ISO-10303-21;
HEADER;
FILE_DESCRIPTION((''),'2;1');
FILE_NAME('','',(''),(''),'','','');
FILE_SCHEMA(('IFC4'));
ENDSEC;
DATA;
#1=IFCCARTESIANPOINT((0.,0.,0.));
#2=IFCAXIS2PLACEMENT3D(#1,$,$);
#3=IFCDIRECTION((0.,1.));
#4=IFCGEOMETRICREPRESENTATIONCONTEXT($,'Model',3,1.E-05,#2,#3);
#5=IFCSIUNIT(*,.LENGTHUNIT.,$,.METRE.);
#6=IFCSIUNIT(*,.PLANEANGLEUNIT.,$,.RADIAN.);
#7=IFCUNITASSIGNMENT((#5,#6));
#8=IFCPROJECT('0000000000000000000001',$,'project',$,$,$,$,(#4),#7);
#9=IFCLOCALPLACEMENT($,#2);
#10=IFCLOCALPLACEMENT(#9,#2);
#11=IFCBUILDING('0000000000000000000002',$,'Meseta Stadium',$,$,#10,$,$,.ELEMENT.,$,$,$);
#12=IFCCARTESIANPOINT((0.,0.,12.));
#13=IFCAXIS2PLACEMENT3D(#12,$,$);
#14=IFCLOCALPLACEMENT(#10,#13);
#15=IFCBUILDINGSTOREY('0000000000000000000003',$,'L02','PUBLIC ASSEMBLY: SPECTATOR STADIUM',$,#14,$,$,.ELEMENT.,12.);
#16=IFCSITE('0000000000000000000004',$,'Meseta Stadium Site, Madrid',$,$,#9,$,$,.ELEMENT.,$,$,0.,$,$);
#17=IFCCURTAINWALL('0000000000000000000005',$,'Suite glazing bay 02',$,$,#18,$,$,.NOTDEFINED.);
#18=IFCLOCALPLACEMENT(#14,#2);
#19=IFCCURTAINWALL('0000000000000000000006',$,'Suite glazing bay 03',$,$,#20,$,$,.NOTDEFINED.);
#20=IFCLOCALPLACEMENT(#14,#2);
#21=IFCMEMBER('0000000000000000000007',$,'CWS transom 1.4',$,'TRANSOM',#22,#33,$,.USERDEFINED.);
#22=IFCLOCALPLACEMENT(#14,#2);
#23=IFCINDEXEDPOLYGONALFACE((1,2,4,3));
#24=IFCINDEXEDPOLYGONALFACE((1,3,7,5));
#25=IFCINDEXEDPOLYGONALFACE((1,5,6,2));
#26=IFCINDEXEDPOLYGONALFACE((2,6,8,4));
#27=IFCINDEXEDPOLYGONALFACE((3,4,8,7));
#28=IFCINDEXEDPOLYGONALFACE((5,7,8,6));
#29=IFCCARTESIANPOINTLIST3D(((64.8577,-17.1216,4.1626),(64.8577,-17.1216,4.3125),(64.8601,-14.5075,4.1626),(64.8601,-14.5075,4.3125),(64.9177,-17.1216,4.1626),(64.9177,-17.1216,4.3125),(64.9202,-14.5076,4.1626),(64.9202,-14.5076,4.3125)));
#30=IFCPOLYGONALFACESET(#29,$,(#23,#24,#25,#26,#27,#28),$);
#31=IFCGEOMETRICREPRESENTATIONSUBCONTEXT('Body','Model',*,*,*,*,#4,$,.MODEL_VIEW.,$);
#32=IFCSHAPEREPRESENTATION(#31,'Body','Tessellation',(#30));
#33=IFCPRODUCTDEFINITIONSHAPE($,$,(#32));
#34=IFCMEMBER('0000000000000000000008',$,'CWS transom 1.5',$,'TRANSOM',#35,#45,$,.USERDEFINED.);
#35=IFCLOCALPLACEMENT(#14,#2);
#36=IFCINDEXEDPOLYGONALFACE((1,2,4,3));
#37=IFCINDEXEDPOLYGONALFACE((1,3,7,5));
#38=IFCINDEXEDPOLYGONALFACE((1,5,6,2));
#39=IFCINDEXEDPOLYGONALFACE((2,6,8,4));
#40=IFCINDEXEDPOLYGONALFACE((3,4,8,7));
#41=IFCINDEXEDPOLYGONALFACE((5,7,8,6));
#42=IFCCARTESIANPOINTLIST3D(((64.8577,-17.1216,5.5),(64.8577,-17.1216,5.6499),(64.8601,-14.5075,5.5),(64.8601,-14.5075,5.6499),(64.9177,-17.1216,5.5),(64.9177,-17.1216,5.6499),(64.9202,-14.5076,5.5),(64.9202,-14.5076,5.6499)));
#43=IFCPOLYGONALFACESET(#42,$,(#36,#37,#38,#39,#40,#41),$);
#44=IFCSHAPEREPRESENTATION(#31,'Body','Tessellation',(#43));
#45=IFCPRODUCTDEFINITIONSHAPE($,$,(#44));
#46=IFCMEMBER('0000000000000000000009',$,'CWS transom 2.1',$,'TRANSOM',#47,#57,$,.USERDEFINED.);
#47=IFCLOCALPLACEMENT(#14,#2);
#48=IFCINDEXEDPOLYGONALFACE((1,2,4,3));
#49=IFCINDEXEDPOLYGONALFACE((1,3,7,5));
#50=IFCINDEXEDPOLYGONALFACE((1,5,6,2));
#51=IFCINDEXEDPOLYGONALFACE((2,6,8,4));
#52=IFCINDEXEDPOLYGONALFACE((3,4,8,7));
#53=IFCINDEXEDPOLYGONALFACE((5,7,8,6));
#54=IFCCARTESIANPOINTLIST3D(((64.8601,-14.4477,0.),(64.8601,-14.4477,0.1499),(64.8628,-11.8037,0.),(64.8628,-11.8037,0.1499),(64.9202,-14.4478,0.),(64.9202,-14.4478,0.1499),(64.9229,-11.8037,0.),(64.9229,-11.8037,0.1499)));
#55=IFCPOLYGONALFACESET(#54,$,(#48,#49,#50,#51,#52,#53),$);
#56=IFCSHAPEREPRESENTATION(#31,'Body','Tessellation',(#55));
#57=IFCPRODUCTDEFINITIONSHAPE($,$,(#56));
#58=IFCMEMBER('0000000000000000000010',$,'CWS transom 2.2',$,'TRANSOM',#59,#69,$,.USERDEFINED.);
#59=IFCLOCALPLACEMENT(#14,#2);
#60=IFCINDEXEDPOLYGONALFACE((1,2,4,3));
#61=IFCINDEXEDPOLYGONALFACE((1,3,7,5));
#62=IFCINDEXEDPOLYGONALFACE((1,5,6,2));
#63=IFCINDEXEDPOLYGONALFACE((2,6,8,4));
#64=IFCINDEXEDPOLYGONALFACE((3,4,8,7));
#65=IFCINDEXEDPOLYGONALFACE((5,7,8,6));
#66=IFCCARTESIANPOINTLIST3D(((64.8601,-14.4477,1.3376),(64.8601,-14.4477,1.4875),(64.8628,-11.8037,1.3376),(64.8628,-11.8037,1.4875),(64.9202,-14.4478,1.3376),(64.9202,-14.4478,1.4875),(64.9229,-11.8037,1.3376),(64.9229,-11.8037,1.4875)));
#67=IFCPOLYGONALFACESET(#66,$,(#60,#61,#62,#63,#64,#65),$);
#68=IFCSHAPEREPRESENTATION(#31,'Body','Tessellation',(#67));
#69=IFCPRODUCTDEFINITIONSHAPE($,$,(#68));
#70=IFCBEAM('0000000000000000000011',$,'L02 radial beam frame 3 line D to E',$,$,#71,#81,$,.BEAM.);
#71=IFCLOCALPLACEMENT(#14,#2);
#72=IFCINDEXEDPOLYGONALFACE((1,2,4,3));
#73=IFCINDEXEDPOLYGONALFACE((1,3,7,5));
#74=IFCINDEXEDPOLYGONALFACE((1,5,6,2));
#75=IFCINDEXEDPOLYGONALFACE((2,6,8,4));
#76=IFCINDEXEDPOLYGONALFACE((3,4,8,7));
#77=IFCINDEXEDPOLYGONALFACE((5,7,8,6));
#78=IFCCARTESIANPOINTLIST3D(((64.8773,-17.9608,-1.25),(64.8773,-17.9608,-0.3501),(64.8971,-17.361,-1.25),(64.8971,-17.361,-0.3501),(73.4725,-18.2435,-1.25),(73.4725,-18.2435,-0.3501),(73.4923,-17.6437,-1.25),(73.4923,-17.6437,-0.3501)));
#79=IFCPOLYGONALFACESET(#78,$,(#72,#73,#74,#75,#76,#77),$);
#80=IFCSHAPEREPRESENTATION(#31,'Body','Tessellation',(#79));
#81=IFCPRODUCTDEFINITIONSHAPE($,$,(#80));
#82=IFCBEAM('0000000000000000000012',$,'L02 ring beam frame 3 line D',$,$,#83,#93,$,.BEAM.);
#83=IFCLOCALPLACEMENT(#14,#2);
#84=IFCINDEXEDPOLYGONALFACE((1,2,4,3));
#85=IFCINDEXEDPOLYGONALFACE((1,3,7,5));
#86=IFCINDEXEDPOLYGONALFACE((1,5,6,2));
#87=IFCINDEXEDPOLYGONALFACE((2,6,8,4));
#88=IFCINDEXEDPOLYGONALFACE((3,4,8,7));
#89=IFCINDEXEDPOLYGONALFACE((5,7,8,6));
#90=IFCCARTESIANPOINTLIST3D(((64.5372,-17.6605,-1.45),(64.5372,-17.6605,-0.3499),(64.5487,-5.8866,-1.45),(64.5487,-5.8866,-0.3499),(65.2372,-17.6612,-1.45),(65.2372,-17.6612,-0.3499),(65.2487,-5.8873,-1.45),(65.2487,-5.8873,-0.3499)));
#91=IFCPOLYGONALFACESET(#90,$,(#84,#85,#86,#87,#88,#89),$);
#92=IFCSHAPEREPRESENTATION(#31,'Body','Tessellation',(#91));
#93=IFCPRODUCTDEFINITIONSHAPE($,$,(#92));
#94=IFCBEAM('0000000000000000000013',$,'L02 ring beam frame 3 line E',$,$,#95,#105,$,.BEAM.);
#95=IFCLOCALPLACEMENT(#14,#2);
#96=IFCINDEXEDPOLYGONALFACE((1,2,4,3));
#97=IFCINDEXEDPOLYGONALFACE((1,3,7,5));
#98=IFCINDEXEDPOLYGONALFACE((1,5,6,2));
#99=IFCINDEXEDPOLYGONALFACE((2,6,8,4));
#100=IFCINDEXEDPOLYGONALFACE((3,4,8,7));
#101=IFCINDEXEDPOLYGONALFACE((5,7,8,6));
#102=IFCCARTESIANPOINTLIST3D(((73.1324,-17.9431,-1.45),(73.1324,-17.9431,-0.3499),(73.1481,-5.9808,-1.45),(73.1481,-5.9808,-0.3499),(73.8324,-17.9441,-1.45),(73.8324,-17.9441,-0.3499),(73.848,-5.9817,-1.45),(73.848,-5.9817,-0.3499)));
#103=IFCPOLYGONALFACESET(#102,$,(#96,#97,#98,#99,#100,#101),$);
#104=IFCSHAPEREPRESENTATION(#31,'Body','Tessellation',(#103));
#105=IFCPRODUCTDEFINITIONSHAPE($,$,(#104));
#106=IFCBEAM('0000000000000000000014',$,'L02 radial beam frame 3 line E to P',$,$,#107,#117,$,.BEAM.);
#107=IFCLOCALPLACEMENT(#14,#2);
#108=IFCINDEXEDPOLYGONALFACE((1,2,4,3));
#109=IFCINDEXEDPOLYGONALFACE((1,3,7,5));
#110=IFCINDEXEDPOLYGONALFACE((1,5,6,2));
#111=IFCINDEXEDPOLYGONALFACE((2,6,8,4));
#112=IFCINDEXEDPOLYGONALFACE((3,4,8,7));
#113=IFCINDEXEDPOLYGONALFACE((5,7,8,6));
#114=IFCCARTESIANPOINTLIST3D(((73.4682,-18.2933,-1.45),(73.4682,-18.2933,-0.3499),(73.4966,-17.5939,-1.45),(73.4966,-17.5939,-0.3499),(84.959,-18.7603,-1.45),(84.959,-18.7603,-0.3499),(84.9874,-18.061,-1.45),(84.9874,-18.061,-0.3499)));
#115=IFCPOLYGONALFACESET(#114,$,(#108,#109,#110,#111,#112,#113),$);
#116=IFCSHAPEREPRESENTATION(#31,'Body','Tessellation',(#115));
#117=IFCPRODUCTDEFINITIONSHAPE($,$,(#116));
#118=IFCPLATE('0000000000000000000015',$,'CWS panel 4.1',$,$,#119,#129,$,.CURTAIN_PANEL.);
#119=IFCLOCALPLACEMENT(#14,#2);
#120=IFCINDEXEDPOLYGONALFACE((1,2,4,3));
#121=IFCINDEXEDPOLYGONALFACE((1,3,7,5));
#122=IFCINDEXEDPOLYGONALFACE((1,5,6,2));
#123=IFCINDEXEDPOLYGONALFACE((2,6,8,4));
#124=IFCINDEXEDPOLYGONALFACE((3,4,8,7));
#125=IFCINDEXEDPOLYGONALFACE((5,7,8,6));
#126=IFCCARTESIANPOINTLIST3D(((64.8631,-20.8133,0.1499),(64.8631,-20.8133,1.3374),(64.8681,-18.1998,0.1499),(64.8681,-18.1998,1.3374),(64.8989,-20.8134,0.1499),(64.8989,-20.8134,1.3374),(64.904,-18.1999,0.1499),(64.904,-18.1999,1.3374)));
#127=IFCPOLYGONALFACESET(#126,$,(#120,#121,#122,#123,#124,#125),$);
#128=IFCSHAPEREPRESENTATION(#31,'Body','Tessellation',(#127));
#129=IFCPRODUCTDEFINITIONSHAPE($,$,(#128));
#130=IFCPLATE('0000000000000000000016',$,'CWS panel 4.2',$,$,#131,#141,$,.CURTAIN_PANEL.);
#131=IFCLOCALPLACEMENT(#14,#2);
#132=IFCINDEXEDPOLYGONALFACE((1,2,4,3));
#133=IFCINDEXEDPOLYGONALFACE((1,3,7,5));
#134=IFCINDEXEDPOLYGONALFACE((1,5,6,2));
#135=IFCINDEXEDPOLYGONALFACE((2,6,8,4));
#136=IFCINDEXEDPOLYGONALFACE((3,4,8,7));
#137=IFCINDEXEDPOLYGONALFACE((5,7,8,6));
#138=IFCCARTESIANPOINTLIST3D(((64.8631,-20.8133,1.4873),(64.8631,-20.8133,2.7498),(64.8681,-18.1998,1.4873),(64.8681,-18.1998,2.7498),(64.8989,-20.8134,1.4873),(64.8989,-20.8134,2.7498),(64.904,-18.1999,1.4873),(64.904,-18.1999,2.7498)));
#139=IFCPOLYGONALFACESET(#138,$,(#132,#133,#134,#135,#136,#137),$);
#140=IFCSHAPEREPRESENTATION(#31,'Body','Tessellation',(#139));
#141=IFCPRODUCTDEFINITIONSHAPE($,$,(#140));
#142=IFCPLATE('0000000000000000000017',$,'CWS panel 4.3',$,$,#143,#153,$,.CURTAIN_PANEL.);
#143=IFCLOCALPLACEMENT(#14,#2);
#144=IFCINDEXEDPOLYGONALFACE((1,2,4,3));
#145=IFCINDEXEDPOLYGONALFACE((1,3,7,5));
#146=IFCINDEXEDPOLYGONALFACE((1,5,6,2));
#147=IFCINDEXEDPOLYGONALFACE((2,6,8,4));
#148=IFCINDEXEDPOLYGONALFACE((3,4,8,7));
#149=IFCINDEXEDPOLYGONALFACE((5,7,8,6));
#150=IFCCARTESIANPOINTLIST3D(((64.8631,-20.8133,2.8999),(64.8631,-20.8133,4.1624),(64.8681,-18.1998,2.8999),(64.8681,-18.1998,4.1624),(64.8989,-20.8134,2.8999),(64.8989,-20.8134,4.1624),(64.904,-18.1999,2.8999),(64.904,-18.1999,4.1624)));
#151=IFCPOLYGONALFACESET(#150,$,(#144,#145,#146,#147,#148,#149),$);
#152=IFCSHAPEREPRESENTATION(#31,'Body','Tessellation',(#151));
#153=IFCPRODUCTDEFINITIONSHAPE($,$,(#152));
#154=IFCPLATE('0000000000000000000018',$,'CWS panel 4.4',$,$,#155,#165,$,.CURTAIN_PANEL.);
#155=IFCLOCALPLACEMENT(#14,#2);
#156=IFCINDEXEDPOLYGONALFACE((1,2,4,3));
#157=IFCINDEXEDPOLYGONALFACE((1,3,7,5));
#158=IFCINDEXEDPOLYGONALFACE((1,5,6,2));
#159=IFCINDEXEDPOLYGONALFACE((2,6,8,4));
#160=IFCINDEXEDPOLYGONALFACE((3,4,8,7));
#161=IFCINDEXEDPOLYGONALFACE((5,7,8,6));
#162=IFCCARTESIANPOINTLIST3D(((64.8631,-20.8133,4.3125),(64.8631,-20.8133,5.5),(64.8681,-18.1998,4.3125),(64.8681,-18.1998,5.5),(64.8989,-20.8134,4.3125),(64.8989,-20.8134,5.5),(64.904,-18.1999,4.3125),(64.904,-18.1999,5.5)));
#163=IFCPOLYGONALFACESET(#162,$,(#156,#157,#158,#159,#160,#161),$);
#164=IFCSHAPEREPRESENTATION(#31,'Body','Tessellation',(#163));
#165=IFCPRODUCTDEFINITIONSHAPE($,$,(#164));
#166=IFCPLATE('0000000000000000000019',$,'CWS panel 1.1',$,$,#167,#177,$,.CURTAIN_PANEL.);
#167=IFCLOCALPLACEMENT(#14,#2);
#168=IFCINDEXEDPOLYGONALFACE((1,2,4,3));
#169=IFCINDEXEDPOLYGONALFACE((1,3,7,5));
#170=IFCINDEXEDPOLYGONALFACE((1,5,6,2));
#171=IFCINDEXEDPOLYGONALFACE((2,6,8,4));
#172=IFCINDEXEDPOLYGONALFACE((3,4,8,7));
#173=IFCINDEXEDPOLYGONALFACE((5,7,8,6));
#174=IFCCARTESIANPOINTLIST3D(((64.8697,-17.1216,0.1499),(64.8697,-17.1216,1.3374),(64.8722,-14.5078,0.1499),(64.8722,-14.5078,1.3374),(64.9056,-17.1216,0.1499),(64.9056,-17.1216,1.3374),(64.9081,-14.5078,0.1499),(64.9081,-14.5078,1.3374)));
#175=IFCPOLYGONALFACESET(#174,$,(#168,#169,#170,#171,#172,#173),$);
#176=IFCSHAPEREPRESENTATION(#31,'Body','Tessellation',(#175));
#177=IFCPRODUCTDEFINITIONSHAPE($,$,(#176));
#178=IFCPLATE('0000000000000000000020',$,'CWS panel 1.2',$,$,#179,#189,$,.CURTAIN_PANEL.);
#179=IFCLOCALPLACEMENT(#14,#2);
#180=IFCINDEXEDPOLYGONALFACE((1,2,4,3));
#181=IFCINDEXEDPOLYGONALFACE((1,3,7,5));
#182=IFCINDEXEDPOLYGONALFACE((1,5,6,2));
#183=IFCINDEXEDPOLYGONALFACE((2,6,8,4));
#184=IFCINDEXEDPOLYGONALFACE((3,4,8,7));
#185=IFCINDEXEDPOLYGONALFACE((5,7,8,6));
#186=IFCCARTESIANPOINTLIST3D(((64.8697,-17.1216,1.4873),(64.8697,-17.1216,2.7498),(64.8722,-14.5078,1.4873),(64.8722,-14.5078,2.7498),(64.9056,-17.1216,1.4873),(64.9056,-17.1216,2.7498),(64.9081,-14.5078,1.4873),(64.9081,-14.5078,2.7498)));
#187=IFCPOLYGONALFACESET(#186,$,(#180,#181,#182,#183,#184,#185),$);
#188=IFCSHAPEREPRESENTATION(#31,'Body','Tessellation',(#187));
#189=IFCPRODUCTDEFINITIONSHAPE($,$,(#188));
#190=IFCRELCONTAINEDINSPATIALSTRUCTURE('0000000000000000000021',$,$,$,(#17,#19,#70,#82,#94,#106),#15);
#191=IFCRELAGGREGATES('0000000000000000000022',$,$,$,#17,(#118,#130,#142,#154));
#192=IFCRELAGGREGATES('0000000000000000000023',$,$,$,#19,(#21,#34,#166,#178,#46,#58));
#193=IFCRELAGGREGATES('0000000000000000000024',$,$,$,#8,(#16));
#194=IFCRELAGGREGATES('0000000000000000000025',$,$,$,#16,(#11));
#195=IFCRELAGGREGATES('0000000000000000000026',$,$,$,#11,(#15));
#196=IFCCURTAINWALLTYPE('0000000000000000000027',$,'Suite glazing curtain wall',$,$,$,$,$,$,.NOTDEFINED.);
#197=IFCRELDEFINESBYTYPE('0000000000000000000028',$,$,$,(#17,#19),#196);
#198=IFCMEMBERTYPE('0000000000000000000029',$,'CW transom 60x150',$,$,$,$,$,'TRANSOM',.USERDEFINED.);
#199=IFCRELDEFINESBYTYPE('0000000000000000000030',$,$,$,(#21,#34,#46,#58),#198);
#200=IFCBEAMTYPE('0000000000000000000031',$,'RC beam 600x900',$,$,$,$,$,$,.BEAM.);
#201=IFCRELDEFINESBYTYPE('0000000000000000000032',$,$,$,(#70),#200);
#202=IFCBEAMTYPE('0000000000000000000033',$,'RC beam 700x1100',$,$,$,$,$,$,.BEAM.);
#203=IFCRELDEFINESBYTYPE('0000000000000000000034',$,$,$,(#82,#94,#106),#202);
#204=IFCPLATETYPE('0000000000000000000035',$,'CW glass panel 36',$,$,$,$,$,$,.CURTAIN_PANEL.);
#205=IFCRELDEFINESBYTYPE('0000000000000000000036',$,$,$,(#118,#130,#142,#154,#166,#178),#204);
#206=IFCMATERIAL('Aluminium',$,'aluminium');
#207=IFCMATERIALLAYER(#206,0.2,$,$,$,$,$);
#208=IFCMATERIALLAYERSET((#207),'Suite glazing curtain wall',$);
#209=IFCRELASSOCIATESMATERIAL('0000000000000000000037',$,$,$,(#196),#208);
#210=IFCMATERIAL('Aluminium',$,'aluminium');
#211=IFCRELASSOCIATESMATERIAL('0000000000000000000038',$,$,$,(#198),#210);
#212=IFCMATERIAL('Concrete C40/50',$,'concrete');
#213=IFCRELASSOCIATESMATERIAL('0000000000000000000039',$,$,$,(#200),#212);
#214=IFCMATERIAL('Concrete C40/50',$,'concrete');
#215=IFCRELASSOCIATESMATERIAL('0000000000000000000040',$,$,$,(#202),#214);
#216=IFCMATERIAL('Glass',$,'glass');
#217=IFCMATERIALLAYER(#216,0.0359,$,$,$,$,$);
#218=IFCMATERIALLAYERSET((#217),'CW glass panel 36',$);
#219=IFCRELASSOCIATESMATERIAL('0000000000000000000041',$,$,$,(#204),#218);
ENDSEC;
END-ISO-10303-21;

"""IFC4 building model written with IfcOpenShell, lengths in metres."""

from ifc_helpers import new_model, si_unit, direction, frame, origin, origin_2d, place, context, subcontext, project, spatial, rectangle, extrude, material, layer, layer_set, material_profile, profile_set, type_object, element, aggregate, save


model = new_model("IFC4")

# Units and contexts
model_context = context("Model", 3, precision=1e-05, world=origin(), true_north=direction((0.0, 1.0)))
body_context = subcontext(model_context, "Body", "Model", "MODEL_VIEW")
ifc_project = project(units=[si_unit("LENGTHUNIT", "METRE"), si_unit("PLANEANGLEUNIT", "RADIAN")], contexts=[model_context])

# Site, building, storey
site_placement = place(None, origin())
site = spatial("IfcSite", under=ifc_project, at=site_placement, Name="Meseta Stadium Site, Madrid", CompositionType="ELEMENT", RefElevation=0.0)
building_placement = place(site_placement, origin())
building = spatial("IfcBuilding", under=site, at=building_placement, Name="Meseta Stadium", CompositionType="ELEMENT")
storey_placement = place(building_placement, frame((0.0, 0.0, 12.0)))
storey = spatial("IfcBuildingStorey", under=building, at=storey_placement, Name="L02", Description="PUBLIC ASSEMBLY: SPECTATOR STADIUM", CompositionType="ELEMENT", Elevation=12.0)

# Curtain wall
ifc_material_1 = material(Name="Aluminium", Category="aluminium")
ifc_layer_1 = layer(ifc_material_1, 0.2)
ifc_layer_set_1 = layer_set([ifc_layer_1], Name="Suite glazing curtain wall")
curtain_wall_type = type_object("IfcCurtainWallType", Name="Suite glazing curtain wall", PredefinedType="NOTDEFINED", material=ifc_layer_set_1)
curtain_wall_1_placement = place(storey_placement, origin())
curtain_wall_1 = element("IfcCurtainWall", 1, at=curtain_wall_1_placement, inside=storey, type_object=curtain_wall_type, Name="Suite glazing bay 02", PredefinedType="NOTDEFINED")

# Curtain wall
curtain_wall_2_placement = place(storey_placement, origin())
curtain_wall_2 = element("IfcCurtainWall", 2, at=curtain_wall_2_placement, inside=storey, type_object=curtain_wall_type, Name="Suite glazing bay 03", PredefinedType="NOTDEFINED")

# Members
ifc_material_2 = material(Name="Aluminium", Category="aluminium")
ifc_material_profile_1 = material_profile(ifc_material_2, rectangle(XDim=0.0601, YDim=0.1499, at=origin_2d()), Name="CW 60x150")
ifc_profile_set_1 = profile_set([ifc_material_profile_1], Name="Aluminium")
member_type_1 = type_object("IfcMemberType", Name="CW transom 60x150", ElementType="TRANSOM", PredefinedType="USERDEFINED", material=ifc_profile_set_1)
member_1_placement = place(storey_placement, frame((64.8877, -17.1216, 4.2375), z_axis=(0.000934, 1.0, 0.0), x_axis=(-1.0, 0.000934, 0.0)))
member_1 = element("IfcMember", 3, at=member_1_placement, type_object=member_type_1, Name="CWS transom 1.4", ObjectType="TRANSOM", PredefinedType="USERDEFINED", context=body_context, shape_type="SweptSolid", body=[
    extrude(rectangle(XDim=0.0601, YDim=0.1499, at=origin_2d()), origin(), (0.0, 0.0, 1.0), 2.614),
])
member_2_placement = place(storey_placement, frame((64.8877, -17.1216, 5.575), z_axis=(0.000934, 1.0, 0.0), x_axis=(-1.0, 0.000934, 0.0)))
member_2 = element("IfcMember", 4, at=member_2_placement, type_object=member_type_1, Name="CWS transom 1.5", ObjectType="TRANSOM", PredefinedType="USERDEFINED", context=body_context, shape_type="SweptSolid", body=[
    extrude(rectangle(XDim=0.0601, YDim=0.1499, at=origin_2d()), origin(), (0.0, 0.0, 1.0), 2.614),
])
member_3_placement = place(storey_placement, frame((64.8901, -14.4478, 0.075), z_axis=(0.001016, 0.999999, 0.0), x_axis=(-0.999999, 0.001016, 0.0)))
member_3 = element("IfcMember", 5, at=member_3_placement, type_object=member_type_1, Name="CWS transom 2.1", ObjectType="TRANSOM", PredefinedType="USERDEFINED", context=body_context, shape_type="SweptSolid", body=[
    extrude(rectangle(XDim=0.0601, YDim=0.1499, at=origin_2d()), origin(), (0.0, 0.0, 1.0), 2.644),
])
member_4_placement = place(storey_placement, frame((64.8901, -14.4478, 1.4126), z_axis=(0.001016, 0.999999, 0.0), x_axis=(-0.999999, 0.001016, 0.0)))
member_4 = element("IfcMember", 6, at=member_4_placement, type_object=member_type_1, Name="CWS transom 2.2", ObjectType="TRANSOM", PredefinedType="USERDEFINED", context=body_context, shape_type="SweptSolid", body=[
    extrude(rectangle(XDim=0.0601, YDim=0.1499, at=origin_2d()), origin(), (0.0, 0.0, 1.0), 2.644),
])

# Beams
ifc_material_3 = material(Name="Concrete C40/50", Category="concrete")
ifc_material_profile_2 = material_profile(ifc_material_3, rectangle(XDim=0.6001, YDim=0.8999, at=origin_2d()), Name="RC 600x900")
ifc_profile_set_2 = profile_set([ifc_material_profile_2], Name="Concrete C40/50")
beam_type_1 = type_object("IfcBeamType", Name="RC beam 600x900", PredefinedType="BEAM", material=ifc_profile_set_2)
beam_1_placement = place(storey_placement, frame((64.8872, -17.6609, -0.8), z_axis=(0.999459, -0.032874, 0.0), x_axis=(0.032874, 0.999459, 0.0)))
element("IfcBeam", 7, at=beam_1_placement, inside=storey, type_object=beam_type_1, Name="L02 radial beam frame 3 line D to E", PredefinedType="BEAM", context=body_context, shape_type="SweptSolid", body=[
    extrude(rectangle(XDim=0.6001, YDim=0.8999, at=origin_2d()), origin(), (0.0, 0.0, 1.0), 8.5999),
])
ifc_material_4 = material(Name="Concrete C40/50", Category="concrete")
ifc_material_profile_3 = material_profile(ifc_material_4, rectangle(XDim=0.7, YDim=1.1001, at=origin_2d()), Name="RC 700x1100")
ifc_profile_set_3 = profile_set([ifc_material_profile_3], Name="Concrete C40/50")
beam_type_2 = type_object("IfcBeamType", Name="RC beam 700x1100", PredefinedType="BEAM", material=ifc_profile_set_3)
beam_2_placement = place(storey_placement, frame((64.8872, -17.6609, -0.8999), z_axis=(0.000975, 1.0, 0.0), x_axis=(-1.0, 0.000975, 0.0)))
element("IfcBeam", 8, at=beam_2_placement, inside=storey, type_object=beam_type_2, Name="L02 ring beam frame 3 line D", PredefinedType="BEAM", context=body_context, shape_type="SweptSolid", body=[
    extrude(rectangle(XDim=0.7, YDim=1.1001, at=origin_2d()), origin(), (0.0, 0.0, 1.0), 11.7739),
])
beam_3_placement = place(storey_placement, frame((73.4824, -17.9436, -0.8999), z_axis=(0.001306, 0.999999, 0.0), x_axis=(-0.999999, 0.001306, 0.0)))
element("IfcBeam", 9, at=beam_3_placement, inside=storey, type_object=beam_type_2, Name="L02 ring beam frame 3 line E", PredefinedType="BEAM", context=body_context, shape_type="SweptSolid", body=[
    extrude(rectangle(XDim=0.7, YDim=1.1001, at=origin_2d()), origin(), (0.0, 0.0, 1.0), 11.9624),
])
beam_4_placement = place(storey_placement, frame((73.4824, -17.9436, -0.8999), z_axis=(0.999175, -0.040612, 0.0), x_axis=(0.040612, 0.999175, 0.0)))
element("IfcBeam", 10, at=beam_4_placement, inside=storey, type_object=beam_type_2, Name="L02 radial beam frame 3 line E to P", PredefinedType="BEAM", context=body_context, shape_type="SweptSolid", body=[
    extrude(rectangle(XDim=0.7, YDim=1.1001, at=origin_2d()), origin(), (0.0, 0.0, 1.0), 11.5002),
])

# Plates
ifc_material_5 = material(Name="Glass", Category="glass")
ifc_layer_2 = layer(ifc_material_5, 0.0359)
ifc_layer_set_2 = layer_set([ifc_layer_2], Name="CW glass panel 36")
plate_type = type_object("IfcPlateType", Name="CW glass panel 36", PredefinedType="CURTAIN_PANEL", material=ifc_layer_set_2)
plate_1_placement = place(storey_placement, frame((64.8835, -19.5066, 0.1499), z_axis=(0.0, 0.0, 1.0), x_axis=(0.001947, 0.999998, 0.0)))
plate_1 = element("IfcPlate", 11, at=plate_1_placement, type_object=plate_type, Name="CWS panel 4.1", PredefinedType="CURTAIN_PANEL", context=body_context, shape_type="SweptSolid", body=[
    extrude(rectangle(XDim=2.6135, YDim=0.0359, at=origin_2d()), origin(), (0.0, 0.0, 1.0), 1.1875),
])
plate_2_placement = place(storey_placement, frame((64.8835, -19.5066, 1.4873), z_axis=(0.0, 0.0, 1.0), x_axis=(0.001947, 0.999998, 0.0)))
plate_2 = element("IfcPlate", 12, at=plate_2_placement, type_object=plate_type, Name="CWS panel 4.2", PredefinedType="CURTAIN_PANEL", context=body_context, shape_type="SweptSolid", body=[
    extrude(rectangle(XDim=2.6135, YDim=0.0359, at=origin_2d()), origin(), (0.0, 0.0, 1.0), 1.2625),
])
plate_3_placement = place(storey_placement, frame((64.8835, -19.5066, 2.8999), z_axis=(0.0, 0.0, 1.0), x_axis=(0.001947, 0.999998, 0.0)))
plate_3 = element("IfcPlate", 13, at=plate_3_placement, type_object=plate_type, Name="CWS panel 4.3", PredefinedType="CURTAIN_PANEL", context=body_context, shape_type="SweptSolid", body=[
    extrude(rectangle(XDim=2.6135, YDim=0.0359, at=origin_2d()), origin(), (0.0, 0.0, 1.0), 1.2625),
])
plate_4_placement = place(storey_placement, frame((64.8835, -19.5066, 4.3125), z_axis=(0.0, 0.0, 1.0), x_axis=(0.001947, 0.999998, 0.0)))
plate_4 = element("IfcPlate", 14, at=plate_4_placement, type_object=plate_type, Name="CWS panel 4.4", PredefinedType="CURTAIN_PANEL", context=body_context, shape_type="SweptSolid", body=[
    extrude(rectangle(XDim=2.6135, YDim=0.0359, at=origin_2d()), origin(), (0.0, 0.0, 1.0), 1.1875),
])
aggregate(curtain_wall_1, [plate_1, plate_2, plate_3, plate_4])
plate_5_placement = place(storey_placement, frame((64.8889, -15.8147, 0.1499), z_axis=(0.0, 0.0, 1.0), x_axis=(0.000975, 1.0, 0.0)))
plate_5 = element("IfcPlate", 15, at=plate_5_placement, type_object=plate_type, Name="CWS panel 1.1", PredefinedType="CURTAIN_PANEL", context=body_context, shape_type="SweptSolid", body=[
    extrude(rectangle(XDim=2.6138, YDim=0.0359, at=origin_2d()), origin(), (0.0, 0.0, 1.0), 1.1875),
])
plate_6_placement = place(storey_placement, frame((64.8889, -15.8147, 1.4873), z_axis=(0.0, 0.0, 1.0), x_axis=(0.000975, 1.0, 0.0)))
plate_6 = element("IfcPlate", 16, at=plate_6_placement, type_object=plate_type, Name="CWS panel 1.2", PredefinedType="CURTAIN_PANEL", context=body_context, shape_type="SweptSolid", body=[
    extrude(rectangle(XDim=2.6138, YDim=0.0359, at=origin_2d()), origin(), (0.0, 0.0, 1.0), 1.2625),
])
aggregate(curtain_wall_2, [member_1, member_2, plate_5, plate_6, member_3, member_4])

save(model, "model.ifc")
